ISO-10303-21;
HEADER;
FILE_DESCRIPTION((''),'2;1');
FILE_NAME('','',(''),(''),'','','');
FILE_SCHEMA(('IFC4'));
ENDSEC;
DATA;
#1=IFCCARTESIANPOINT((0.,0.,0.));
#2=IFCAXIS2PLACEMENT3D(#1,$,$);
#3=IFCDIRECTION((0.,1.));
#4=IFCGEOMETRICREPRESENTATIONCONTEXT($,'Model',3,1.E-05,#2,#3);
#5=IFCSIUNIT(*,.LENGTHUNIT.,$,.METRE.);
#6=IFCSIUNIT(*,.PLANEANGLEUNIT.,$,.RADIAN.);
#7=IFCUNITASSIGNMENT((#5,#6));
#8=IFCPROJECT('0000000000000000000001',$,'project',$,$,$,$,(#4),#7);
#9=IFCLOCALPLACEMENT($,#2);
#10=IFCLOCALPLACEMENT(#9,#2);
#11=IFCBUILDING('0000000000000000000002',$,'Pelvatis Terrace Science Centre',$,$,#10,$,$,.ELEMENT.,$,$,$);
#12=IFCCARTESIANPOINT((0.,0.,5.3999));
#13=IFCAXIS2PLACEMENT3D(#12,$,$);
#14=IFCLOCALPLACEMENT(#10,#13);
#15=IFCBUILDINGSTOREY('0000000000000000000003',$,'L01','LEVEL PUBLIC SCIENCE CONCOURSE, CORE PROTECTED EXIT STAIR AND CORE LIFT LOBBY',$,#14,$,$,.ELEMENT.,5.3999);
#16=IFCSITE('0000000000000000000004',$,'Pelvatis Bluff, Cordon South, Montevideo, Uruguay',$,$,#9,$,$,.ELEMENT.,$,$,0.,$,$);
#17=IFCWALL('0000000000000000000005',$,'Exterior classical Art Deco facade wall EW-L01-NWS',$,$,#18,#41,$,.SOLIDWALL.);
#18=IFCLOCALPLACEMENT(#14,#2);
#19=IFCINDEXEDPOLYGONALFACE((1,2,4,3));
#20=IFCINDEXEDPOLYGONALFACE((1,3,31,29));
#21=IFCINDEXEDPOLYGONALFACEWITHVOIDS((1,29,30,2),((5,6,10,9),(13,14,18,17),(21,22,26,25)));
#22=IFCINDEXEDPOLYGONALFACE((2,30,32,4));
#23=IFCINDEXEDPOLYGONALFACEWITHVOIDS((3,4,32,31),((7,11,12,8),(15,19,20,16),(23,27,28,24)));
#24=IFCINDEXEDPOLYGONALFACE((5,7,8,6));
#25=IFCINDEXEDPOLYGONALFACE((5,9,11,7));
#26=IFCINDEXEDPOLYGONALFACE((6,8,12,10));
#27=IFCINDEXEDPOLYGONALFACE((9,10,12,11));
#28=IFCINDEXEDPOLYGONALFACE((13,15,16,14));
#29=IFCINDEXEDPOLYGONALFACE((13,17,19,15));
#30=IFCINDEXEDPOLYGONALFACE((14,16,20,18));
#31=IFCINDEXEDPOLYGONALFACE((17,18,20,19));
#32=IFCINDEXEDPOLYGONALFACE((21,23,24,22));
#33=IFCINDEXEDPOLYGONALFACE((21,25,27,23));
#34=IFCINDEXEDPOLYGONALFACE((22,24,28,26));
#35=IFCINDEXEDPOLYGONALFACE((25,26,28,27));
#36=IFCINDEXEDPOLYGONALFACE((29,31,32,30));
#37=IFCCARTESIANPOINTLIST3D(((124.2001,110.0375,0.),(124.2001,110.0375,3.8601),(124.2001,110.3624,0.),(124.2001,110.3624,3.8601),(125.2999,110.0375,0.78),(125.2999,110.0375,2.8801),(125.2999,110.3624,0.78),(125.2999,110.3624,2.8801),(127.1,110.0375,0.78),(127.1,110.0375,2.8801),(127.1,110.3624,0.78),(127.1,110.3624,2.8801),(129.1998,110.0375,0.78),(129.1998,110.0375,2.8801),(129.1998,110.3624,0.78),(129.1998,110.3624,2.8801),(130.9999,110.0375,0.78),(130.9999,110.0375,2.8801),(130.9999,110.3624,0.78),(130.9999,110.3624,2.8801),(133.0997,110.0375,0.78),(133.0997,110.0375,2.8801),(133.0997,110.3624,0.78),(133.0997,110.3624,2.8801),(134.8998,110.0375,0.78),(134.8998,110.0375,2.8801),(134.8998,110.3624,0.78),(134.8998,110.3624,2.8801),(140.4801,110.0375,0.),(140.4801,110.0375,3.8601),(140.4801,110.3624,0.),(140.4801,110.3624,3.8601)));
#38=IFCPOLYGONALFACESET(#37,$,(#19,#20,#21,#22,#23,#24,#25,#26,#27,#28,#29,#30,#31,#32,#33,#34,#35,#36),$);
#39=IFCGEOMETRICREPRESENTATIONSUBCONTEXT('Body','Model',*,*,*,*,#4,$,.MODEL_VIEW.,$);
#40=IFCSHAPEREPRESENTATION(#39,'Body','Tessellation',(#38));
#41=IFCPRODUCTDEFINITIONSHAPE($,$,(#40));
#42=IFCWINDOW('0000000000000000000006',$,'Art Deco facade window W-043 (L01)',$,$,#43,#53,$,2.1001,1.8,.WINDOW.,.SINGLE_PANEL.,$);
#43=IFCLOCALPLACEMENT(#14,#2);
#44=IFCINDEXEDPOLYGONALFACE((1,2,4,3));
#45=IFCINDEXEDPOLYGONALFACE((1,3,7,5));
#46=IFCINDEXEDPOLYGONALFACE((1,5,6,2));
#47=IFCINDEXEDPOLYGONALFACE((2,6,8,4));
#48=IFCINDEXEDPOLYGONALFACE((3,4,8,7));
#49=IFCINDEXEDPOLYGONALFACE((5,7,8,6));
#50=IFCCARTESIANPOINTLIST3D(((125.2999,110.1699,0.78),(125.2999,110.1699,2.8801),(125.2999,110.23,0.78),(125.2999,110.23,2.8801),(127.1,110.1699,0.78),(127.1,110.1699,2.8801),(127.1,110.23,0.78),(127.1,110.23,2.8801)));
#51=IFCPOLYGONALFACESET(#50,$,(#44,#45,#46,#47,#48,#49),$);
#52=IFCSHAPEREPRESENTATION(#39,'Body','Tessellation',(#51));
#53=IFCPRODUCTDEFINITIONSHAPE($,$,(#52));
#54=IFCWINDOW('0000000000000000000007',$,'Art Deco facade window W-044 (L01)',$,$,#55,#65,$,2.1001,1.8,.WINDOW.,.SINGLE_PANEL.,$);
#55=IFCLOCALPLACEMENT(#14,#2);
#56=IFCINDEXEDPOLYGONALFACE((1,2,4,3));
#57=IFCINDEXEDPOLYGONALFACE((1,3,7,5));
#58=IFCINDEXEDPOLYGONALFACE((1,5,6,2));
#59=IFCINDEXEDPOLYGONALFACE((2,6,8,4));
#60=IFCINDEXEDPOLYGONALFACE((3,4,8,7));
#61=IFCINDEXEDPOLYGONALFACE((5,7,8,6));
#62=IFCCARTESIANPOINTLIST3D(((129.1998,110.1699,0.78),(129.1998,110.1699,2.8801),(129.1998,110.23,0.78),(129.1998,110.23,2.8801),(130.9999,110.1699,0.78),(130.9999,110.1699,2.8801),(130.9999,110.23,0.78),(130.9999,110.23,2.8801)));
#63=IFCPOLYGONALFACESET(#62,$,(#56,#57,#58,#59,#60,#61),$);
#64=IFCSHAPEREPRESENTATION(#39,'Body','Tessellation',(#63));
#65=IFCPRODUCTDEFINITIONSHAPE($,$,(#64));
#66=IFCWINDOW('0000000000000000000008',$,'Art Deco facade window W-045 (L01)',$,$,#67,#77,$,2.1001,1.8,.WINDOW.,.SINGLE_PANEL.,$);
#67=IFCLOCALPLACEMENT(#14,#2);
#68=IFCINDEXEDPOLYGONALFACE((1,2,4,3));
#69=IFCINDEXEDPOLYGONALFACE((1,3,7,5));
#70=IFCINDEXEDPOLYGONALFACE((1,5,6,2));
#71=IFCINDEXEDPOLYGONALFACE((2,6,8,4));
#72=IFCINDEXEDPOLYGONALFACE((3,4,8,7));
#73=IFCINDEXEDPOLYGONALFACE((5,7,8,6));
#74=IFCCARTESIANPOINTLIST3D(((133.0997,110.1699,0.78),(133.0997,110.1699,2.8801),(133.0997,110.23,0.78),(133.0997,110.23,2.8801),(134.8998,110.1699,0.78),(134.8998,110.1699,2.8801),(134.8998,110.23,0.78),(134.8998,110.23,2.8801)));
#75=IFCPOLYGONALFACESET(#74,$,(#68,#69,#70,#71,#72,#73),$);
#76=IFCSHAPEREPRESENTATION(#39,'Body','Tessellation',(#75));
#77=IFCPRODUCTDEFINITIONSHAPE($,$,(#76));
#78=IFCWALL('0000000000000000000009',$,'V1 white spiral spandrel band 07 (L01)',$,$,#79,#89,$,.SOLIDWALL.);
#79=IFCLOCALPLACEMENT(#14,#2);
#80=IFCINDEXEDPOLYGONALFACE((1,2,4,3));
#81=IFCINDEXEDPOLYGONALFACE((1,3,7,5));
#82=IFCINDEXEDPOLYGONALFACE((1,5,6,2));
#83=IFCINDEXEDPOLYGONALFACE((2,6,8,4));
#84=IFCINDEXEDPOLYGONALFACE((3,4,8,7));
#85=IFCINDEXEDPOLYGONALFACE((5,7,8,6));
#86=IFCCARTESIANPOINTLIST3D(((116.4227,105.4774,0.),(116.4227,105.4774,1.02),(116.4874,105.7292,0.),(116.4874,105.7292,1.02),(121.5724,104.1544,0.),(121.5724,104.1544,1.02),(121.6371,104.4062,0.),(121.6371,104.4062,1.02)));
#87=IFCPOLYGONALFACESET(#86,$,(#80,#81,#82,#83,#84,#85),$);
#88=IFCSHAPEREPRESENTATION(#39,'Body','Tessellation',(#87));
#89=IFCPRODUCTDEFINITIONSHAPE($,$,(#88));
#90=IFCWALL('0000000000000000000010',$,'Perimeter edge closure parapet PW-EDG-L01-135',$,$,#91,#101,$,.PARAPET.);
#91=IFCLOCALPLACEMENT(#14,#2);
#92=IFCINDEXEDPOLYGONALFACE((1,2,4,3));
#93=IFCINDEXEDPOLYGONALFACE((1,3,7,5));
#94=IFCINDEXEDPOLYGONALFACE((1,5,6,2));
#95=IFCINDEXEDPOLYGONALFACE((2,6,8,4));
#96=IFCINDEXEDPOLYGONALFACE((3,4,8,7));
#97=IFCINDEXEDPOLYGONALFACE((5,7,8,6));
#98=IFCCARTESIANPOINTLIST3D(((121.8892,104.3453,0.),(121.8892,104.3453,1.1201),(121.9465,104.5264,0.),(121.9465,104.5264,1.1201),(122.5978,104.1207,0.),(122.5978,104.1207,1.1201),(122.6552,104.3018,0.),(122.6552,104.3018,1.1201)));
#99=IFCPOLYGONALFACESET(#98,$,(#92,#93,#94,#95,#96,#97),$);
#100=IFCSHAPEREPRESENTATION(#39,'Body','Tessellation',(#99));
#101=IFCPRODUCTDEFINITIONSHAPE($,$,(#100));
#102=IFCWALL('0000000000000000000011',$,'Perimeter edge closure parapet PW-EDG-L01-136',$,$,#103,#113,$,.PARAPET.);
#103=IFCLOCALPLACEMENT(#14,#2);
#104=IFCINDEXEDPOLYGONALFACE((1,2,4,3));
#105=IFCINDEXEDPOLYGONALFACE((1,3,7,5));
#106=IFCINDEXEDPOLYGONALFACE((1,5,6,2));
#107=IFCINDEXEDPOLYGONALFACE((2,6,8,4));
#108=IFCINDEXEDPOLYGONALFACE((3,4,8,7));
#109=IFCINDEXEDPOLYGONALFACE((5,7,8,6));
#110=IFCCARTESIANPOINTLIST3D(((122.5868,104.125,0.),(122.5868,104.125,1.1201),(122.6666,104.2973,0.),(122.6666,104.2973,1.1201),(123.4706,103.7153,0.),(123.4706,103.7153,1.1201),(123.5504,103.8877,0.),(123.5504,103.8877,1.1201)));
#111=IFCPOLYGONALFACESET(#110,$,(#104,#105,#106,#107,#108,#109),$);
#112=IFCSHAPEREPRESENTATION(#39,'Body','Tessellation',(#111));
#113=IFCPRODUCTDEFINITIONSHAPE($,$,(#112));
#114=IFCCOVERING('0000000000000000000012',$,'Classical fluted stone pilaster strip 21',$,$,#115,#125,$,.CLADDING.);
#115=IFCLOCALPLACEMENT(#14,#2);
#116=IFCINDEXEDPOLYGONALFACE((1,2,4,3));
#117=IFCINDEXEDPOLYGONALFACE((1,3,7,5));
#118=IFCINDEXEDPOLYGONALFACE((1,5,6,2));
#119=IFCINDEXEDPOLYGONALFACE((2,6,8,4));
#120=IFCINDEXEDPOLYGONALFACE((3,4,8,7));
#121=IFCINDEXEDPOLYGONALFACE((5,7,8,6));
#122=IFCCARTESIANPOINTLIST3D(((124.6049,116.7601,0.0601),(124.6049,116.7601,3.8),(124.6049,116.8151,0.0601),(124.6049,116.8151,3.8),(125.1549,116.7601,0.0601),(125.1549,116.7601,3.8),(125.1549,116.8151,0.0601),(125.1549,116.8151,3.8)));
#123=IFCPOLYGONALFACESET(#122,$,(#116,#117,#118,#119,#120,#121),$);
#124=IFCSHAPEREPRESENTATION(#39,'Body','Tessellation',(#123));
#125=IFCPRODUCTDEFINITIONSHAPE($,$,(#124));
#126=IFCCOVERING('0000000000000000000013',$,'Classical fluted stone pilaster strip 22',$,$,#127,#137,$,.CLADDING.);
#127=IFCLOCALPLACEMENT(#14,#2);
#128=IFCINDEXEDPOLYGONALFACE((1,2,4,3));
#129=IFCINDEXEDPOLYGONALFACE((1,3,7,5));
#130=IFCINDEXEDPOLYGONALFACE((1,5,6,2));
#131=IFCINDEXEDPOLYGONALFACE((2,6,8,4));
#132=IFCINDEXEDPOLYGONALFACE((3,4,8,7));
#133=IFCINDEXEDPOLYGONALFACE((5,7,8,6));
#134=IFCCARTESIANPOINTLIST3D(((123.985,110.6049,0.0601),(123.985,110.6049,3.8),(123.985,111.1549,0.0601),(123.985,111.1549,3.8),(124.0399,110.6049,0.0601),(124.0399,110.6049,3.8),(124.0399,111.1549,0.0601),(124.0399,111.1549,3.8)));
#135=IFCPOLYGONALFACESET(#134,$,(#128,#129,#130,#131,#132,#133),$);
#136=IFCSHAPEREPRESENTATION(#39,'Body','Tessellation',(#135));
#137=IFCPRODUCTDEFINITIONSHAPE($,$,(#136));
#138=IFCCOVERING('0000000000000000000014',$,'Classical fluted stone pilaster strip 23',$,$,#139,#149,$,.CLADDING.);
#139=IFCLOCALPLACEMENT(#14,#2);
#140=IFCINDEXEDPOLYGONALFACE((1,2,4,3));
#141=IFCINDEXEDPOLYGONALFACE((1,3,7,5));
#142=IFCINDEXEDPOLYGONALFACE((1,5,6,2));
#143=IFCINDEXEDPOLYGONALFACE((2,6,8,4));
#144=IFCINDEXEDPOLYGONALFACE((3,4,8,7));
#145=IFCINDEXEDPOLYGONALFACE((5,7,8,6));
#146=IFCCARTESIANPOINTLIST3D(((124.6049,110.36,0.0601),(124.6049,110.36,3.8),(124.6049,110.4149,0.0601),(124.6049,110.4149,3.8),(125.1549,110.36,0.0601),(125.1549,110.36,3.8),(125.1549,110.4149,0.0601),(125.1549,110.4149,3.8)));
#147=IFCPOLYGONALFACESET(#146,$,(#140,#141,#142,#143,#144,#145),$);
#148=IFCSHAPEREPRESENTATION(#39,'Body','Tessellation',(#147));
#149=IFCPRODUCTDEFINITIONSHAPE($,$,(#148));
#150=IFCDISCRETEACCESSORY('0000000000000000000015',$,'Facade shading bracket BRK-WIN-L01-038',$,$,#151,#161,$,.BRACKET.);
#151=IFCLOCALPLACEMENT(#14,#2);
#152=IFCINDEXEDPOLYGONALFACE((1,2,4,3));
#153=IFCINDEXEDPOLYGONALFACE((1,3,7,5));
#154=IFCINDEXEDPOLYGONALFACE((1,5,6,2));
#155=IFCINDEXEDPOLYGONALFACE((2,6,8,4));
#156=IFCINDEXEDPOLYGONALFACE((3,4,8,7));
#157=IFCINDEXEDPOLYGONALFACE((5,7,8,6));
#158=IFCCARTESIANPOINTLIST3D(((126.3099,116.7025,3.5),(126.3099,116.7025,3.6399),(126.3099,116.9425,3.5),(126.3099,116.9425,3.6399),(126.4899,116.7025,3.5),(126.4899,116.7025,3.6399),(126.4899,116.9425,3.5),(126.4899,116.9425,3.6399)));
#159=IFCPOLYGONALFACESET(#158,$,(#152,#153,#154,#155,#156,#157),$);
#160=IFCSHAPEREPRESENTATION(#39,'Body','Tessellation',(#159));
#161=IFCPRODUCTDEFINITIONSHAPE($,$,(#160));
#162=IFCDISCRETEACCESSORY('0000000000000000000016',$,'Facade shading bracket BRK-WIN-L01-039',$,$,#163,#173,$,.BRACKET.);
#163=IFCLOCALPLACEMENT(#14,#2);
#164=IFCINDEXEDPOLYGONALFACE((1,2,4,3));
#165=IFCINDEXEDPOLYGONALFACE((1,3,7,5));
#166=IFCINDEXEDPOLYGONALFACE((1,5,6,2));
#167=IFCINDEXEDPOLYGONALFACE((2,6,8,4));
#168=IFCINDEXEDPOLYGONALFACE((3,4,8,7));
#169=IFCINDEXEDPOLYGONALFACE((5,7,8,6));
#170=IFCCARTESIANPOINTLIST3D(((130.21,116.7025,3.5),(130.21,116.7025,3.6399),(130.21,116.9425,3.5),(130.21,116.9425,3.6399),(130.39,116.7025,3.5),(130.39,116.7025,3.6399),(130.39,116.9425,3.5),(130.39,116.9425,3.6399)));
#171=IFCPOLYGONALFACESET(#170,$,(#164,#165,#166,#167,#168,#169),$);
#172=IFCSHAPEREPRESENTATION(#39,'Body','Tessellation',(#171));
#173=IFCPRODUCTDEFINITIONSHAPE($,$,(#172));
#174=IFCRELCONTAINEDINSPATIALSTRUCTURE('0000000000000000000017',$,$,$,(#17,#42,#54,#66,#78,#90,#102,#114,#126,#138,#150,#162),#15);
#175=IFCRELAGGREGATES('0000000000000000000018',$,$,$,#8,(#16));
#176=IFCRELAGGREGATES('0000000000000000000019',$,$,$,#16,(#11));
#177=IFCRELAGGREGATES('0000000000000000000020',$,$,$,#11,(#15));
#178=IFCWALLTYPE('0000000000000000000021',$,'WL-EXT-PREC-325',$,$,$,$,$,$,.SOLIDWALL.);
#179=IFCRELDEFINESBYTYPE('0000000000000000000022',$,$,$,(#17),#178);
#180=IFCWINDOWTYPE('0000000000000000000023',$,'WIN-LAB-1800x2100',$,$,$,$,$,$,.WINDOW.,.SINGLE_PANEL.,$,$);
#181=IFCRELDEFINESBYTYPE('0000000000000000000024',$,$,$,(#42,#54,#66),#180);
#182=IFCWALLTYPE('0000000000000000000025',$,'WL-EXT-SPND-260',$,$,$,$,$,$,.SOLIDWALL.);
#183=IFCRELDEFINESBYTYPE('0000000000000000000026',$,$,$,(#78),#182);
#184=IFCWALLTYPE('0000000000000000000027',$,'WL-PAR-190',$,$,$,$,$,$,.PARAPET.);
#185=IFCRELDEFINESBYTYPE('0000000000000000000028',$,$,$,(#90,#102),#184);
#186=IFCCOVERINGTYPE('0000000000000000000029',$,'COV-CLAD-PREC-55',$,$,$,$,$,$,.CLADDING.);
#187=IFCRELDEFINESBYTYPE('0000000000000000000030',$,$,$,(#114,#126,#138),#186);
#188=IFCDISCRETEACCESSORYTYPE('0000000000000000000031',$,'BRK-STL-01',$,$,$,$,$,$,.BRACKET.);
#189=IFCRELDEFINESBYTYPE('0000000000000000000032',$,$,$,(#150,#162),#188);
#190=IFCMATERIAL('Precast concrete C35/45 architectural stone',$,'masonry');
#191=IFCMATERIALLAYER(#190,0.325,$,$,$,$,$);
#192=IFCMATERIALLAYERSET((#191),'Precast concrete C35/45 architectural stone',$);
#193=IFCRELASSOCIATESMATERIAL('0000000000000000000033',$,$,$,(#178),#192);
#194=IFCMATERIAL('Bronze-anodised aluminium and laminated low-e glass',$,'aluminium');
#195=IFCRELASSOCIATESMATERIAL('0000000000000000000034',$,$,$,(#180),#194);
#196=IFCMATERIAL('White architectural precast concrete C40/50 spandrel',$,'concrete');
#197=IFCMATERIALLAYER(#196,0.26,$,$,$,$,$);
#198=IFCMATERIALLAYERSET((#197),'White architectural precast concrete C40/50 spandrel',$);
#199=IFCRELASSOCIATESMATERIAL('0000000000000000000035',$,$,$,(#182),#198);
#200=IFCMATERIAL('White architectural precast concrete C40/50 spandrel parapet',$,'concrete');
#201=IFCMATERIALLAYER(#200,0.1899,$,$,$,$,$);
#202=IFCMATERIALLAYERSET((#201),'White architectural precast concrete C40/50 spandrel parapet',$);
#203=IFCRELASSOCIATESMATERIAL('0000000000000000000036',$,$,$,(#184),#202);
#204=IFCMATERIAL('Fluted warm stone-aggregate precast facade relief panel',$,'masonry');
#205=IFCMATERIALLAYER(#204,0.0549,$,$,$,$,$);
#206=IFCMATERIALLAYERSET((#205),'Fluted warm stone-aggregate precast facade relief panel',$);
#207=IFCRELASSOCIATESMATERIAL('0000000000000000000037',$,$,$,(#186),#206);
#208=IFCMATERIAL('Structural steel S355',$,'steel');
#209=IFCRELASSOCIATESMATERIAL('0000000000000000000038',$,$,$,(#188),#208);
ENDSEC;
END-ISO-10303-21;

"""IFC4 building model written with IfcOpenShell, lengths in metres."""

from ifc_helpers import new_model, si_unit, direction, frame, frame_2d, origin, origin_2d, place, context, subcontext, project, spatial, rectangle, extrude, material, layer, layer_set, type_object, element, fill, save


model = new_model("IFC4")

# Units and contexts
model_context = context("Model", 3, precision=1e-05, world=origin(), true_north=direction((0.0, 1.0)))
body_context = subcontext(model_context, "Body", "Model", "MODEL_VIEW")
ifc_project = project(units=[si_unit("LENGTHUNIT", "METRE"), si_unit("PLANEANGLEUNIT", "RADIAN")], contexts=[model_context])

# Site, building, storey
site_placement = place(None, origin())
site = spatial("IfcSite", under=ifc_project, at=site_placement, Name="Pelvatis Bluff, Cordon South, Montevideo, Uruguay", CompositionType="ELEMENT", RefElevation=0.0)
building_placement = place(site_placement, origin())
building = spatial("IfcBuilding", under=site, at=building_placement, Name="Pelvatis Terrace Science Centre", CompositionType="ELEMENT")
storey_placement = place(building_placement, frame((0.0, 0.0, 5.3999)))
storey = spatial("IfcBuildingStorey", under=building, at=storey_placement, Name="L01", Description="LEVEL PUBLIC SCIENCE CONCOURSE, CORE PROTECTED EXIT STAIR AND CORE LIFT LOBBY", CompositionType="ELEMENT", Elevation=5.3999)

# Shared definitions
ifc_material_1 = material(Name="Precast concrete C35/45 architectural stone", Category="masonry")
ifc_layer_1 = layer(ifc_material_1, 0.325)
ifc_layer_set_1 = layer_set([ifc_layer_1], Name="Precast concrete C35/45 architectural stone")
wall_type_1 = type_object("IfcWallType", Name="WL-EXT-PREC-325", PredefinedType="SOLIDWALL", material=ifc_layer_set_1)

# Wall, openings, windows
wall_1_placement = place(storey_placement, frame((124.2, 110.2, 0.0), z_axis=(0.0, 0.0, 1.0), x_axis=(1.0, 0.0, 0.0)))
wall_1 = element("IfcWall", 1, at=wall_1_placement, inside=storey, type_object=wall_type_1, Name="Exterior classical Art Deco facade wall EW-L01-NWS", PredefinedType="SOLIDWALL", context=body_context, shape_type="SweptSolid", body=[
    extrude(rectangle(XDim=16.28, YDim=0.325, at=frame_2d((8.1401, 0.0))), origin(), (0.0, 0.0, 1.0), 3.8601),
])
opening_1_placement = place(wall_1_placement, frame((1.1001, 0.0, 0.78)))
opening_1 = element("IfcOpeningElement", 2, at=opening_1_placement, cuts=wall_1, PredefinedType="OPENING", context=body_context, shape_type="SweptSolid", body=[
    extrude(rectangle(XDim=1.8, YDim=2.1001, at=frame_2d((0.8999, 1.05))), frame((0.0, 0.1724, 0.0), z_axis=(0.0, -1.0, 0.0), x_axis=(1.0, 0.0, 0.0)), (0.0, 0.0, 1.0), 0.345),
])
opening_2_placement = place(wall_1_placement, frame((5.0, 0.0, 0.78)))
opening_2 = element("IfcOpeningElement", 3, at=opening_2_placement, cuts=wall_1, PredefinedType="OPENING", context=body_context, shape_type="SweptSolid", body=[
    extrude(rectangle(XDim=1.8, YDim=2.1001, at=frame_2d((0.8999, 1.05))), frame((0.0, 0.1724, 0.0), z_axis=(0.0, -1.0, 0.0), x_axis=(1.0, 0.0, 0.0)), (0.0, 0.0, 1.0), 0.345),
])
opening_3_placement = place(wall_1_placement, frame((8.8999, 0.0, 0.78)))
opening_3 = element("IfcOpeningElement", 4, at=opening_3_placement, cuts=wall_1, PredefinedType="OPENING", context=body_context, shape_type="SweptSolid", body=[
    extrude(rectangle(XDim=1.8, YDim=2.1001, at=frame_2d((0.8999, 1.05))), frame((0.0, 0.1724, 0.0), z_axis=(0.0, -1.0, 0.0), x_axis=(1.0, 0.0, 0.0)), (0.0, 0.0, 1.0), 0.345),
])
ifc_material_2 = material(Name="Bronze-anodised aluminium and laminated low-e glass", Category="aluminium")
window_type_1 = type_object("IfcWindowType", Name="WIN-LAB-1800x2100", PartitioningType="SINGLE_PANEL", PredefinedType="WINDOW", material=ifc_material_2)
window_1_placement = place(opening_1_placement, origin())
window_1 = element("IfcWindow", 5, at=window_1_placement, inside=storey, type_object=window_type_1, Name="Art Deco facade window W-043 (L01)", OverallHeight=2.1001, OverallWidth=1.8, PartitioningType="SINGLE_PANEL", PredefinedType="WINDOW", context=body_context, shape_type="SweptSolid", body=[
    extrude(rectangle(XDim=1.8, YDim=2.1001, at=frame_2d((0.8999, 1.05))), frame((0.0, 0.03, 0.0), z_axis=(0.0, -1.0, 0.0), x_axis=(1.0, 0.0, 0.0)), (0.0, 0.0, 1.0), 0.0601),
])
fill(opening_1, window_1)
window_2_placement = place(opening_2_placement, origin())
window_2 = element("IfcWindow", 6, at=window_2_placement, inside=storey, type_object=window_type_1, Name="Art Deco facade window W-044 (L01)", OverallHeight=2.1001, OverallWidth=1.8, PartitioningType="SINGLE_PANEL", PredefinedType="WINDOW", context=body_context, shape_type="SweptSolid", body=[
    extrude(rectangle(XDim=1.8, YDim=2.1001, at=frame_2d((0.8999, 1.05))), frame((0.0, 0.03, 0.0), z_axis=(0.0, -1.0, 0.0), x_axis=(1.0, 0.0, 0.0)), (0.0, 0.0, 1.0), 0.0601),
])
fill(opening_2, window_2)
window_3_placement = place(opening_3_placement, origin())
window_3 = element("IfcWindow", 7, at=window_3_placement, inside=storey, type_object=window_type_1, Name="Art Deco facade window W-045 (L01)", OverallHeight=2.1001, OverallWidth=1.8, PartitioningType="SINGLE_PANEL", PredefinedType="WINDOW", context=body_context, shape_type="SweptSolid", body=[
    extrude(rectangle(XDim=1.8, YDim=2.1001, at=frame_2d((0.8999, 1.05))), frame((0.0, 0.03, 0.0), z_axis=(0.0, -1.0, 0.0), x_axis=(1.0, 0.0, 0.0)), (0.0, 0.0, 1.0), 0.0601),
])
fill(opening_3, window_3)

# Walls
ifc_material_3 = material(Name="White architectural precast concrete C40/50 spandrel", Category="concrete")
ifc_layer_2 = layer(ifc_material_3, 0.26)
ifc_layer_set_2 = layer_set([ifc_layer_2], Name="White architectural precast concrete C40/50 spandrel")
wall_type_2 = type_object("IfcWallType", Name="WL-EXT-SPND-260", PredefinedType="SOLIDWALL", material=ifc_layer_set_2)
wall_2_placement = place(storey_placement, frame((121.6047, 104.2803, 0.0), z_axis=(0.0, 0.0, 1.0), x_axis=(-0.968547, 0.248829, 0.0)))
element("IfcWall", 8, at=wall_2_placement, inside=storey, type_object=wall_type_2, Name="V1 white spiral spandrel band 07 (L01)", PredefinedType="SOLIDWALL", context=body_context, shape_type="SweptSolid", body=[
    extrude(rectangle(XDim=5.3169, YDim=0.26, at=frame_2d((2.6584, 0.0))), origin(), (0.0, 0.0, 1.0), 1.02),
])
ifc_material_4 = material(Name="White architectural precast concrete C40/50 spandrel parapet", Category="concrete")
ifc_layer_3 = layer(ifc_material_4, 0.1899)
ifc_layer_set_3 = layer_set([ifc_layer_3], Name="White architectural precast concrete C40/50 spandrel parapet")
wall_type_3 = type_object("IfcWallType", Name="WL-PAR-190", PredefinedType="PARAPET", material=ifc_layer_set_3)
wall_3_placement = place(storey_placement, frame((121.918, 104.4358, 0.0), z_axis=(0.0, 0.0, 1.0), x_axis=(0.953274, -0.302106, 0.0)))
element("IfcWall", 9, at=wall_3_placement, inside=storey, type_object=wall_type_3, Name="Perimeter edge closure parapet PW-EDG-L01-135", PredefinedType="PARAPET", context=body_context, shape_type="SweptSolid", body=[
    extrude(rectangle(XDim=0.7434, YDim=0.1899, at=frame_2d((0.3716, 0.0))), origin(), (0.0, 0.0, 1.0), 1.1201),
])
wall_4_placement = place(storey_placement, frame((122.6267, 104.2112, 0.0), z_axis=(0.0, 0.0, 1.0), x_axis=(0.907269, -0.420552, 0.0)))
element("IfcWall", 10, at=wall_4_placement, inside=storey, type_object=wall_type_3, Name="Perimeter edge closure parapet PW-EDG-L01-136", PredefinedType="PARAPET", context=body_context, shape_type="SweptSolid", body=[
    extrude(rectangle(XDim=0.9741, YDim=0.1899, at=frame_2d((0.4871, 0.0))), origin(), (0.0, 0.0, 1.0), 1.1201),
])

# Coverings
ifc_material_5 = material(Name="Fluted warm stone-aggregate precast facade relief panel", Category="masonry")
ifc_layer_4 = layer(ifc_material_5, 0.0549)
ifc_layer_set_4 = layer_set([ifc_layer_4], Name="Fluted warm stone-aggregate precast facade relief panel")
covering_type = type_object("IfcCoveringType", Name="COV-CLAD-PREC-55", PredefinedType="CLADDING", material=ifc_layer_set_4)
covering_1_placement = place(storey_placement, frame((124.8799, 116.7876, 0.0601), z_axis=(0.0, 0.0, 1.0), x_axis=(1.0, 0.0, 0.0)))
element("IfcCovering", 11, at=covering_1_placement, inside=storey, type_object=covering_type, Name="Classical fluted stone pilaster strip 21", PredefinedType="CLADDING", context=body_context, shape_type="SweptSolid", body=[
    extrude(rectangle(XDim=0.55, YDim=0.0549, at=origin_2d()), origin(), (0.0, 0.0, 1.0), 3.74),
])
covering_2_placement = place(storey_placement, frame((124.0125, 110.8799, 0.0601), z_axis=(0.0, 0.0, 1.0), x_axis=(1.0, 0.0, 0.0)))
element("IfcCovering", 12, at=covering_2_placement, inside=storey, type_object=covering_type, Name="Classical fluted stone pilaster strip 22", PredefinedType="CLADDING", context=body_context, shape_type="SweptSolid", body=[
    extrude(rectangle(XDim=0.0549, YDim=0.55, at=origin_2d()), origin(), (0.0, 0.0, 1.0), 3.74),
])
covering_3_placement = place(storey_placement, frame((124.8799, 110.3875, 0.0601), z_axis=(0.0, 0.0, 1.0), x_axis=(1.0, 0.0, 0.0)))
element("IfcCovering", 13, at=covering_3_placement, inside=storey, type_object=covering_type, Name="Classical fluted stone pilaster strip 23", PredefinedType="CLADDING", context=body_context, shape_type="SweptSolid", body=[
    extrude(rectangle(XDim=0.55, YDim=0.0549, at=origin_2d()), origin(), (0.0, 0.0, 1.0), 3.74),
])

# Discrete accessories
ifc_material_6 = material(Name="Structural steel S355", Category="steel")
discrete_accessory_type = type_object("IfcDiscreteAccessoryType", Name="BRK-STL-01", PredefinedType="BRACKET", material=ifc_material_6)
for number, where, name in (
    (14, (126.3999, 116.8225, 3.5), "Facade shading bracket BRK-WIN-L01-038"),
    (15, (130.3, 116.8225, 3.5), "Facade shading bracket BRK-WIN-L01-039"),
):
    element("IfcDiscreteAccessory", number, at=place(storey_placement, frame(where)), inside=storey, type_object=discrete_accessory_type, Name=name, PredefinedType="BRACKET", context=body_context, shape_type="SweptSolid", body=[
        extrude(rectangle(XDim=0.18, YDim=0.24, at=origin_2d()), origin(), (0.0, 0.0, 1.0), 0.1399),
    ])

save(model, "model.ifc")
